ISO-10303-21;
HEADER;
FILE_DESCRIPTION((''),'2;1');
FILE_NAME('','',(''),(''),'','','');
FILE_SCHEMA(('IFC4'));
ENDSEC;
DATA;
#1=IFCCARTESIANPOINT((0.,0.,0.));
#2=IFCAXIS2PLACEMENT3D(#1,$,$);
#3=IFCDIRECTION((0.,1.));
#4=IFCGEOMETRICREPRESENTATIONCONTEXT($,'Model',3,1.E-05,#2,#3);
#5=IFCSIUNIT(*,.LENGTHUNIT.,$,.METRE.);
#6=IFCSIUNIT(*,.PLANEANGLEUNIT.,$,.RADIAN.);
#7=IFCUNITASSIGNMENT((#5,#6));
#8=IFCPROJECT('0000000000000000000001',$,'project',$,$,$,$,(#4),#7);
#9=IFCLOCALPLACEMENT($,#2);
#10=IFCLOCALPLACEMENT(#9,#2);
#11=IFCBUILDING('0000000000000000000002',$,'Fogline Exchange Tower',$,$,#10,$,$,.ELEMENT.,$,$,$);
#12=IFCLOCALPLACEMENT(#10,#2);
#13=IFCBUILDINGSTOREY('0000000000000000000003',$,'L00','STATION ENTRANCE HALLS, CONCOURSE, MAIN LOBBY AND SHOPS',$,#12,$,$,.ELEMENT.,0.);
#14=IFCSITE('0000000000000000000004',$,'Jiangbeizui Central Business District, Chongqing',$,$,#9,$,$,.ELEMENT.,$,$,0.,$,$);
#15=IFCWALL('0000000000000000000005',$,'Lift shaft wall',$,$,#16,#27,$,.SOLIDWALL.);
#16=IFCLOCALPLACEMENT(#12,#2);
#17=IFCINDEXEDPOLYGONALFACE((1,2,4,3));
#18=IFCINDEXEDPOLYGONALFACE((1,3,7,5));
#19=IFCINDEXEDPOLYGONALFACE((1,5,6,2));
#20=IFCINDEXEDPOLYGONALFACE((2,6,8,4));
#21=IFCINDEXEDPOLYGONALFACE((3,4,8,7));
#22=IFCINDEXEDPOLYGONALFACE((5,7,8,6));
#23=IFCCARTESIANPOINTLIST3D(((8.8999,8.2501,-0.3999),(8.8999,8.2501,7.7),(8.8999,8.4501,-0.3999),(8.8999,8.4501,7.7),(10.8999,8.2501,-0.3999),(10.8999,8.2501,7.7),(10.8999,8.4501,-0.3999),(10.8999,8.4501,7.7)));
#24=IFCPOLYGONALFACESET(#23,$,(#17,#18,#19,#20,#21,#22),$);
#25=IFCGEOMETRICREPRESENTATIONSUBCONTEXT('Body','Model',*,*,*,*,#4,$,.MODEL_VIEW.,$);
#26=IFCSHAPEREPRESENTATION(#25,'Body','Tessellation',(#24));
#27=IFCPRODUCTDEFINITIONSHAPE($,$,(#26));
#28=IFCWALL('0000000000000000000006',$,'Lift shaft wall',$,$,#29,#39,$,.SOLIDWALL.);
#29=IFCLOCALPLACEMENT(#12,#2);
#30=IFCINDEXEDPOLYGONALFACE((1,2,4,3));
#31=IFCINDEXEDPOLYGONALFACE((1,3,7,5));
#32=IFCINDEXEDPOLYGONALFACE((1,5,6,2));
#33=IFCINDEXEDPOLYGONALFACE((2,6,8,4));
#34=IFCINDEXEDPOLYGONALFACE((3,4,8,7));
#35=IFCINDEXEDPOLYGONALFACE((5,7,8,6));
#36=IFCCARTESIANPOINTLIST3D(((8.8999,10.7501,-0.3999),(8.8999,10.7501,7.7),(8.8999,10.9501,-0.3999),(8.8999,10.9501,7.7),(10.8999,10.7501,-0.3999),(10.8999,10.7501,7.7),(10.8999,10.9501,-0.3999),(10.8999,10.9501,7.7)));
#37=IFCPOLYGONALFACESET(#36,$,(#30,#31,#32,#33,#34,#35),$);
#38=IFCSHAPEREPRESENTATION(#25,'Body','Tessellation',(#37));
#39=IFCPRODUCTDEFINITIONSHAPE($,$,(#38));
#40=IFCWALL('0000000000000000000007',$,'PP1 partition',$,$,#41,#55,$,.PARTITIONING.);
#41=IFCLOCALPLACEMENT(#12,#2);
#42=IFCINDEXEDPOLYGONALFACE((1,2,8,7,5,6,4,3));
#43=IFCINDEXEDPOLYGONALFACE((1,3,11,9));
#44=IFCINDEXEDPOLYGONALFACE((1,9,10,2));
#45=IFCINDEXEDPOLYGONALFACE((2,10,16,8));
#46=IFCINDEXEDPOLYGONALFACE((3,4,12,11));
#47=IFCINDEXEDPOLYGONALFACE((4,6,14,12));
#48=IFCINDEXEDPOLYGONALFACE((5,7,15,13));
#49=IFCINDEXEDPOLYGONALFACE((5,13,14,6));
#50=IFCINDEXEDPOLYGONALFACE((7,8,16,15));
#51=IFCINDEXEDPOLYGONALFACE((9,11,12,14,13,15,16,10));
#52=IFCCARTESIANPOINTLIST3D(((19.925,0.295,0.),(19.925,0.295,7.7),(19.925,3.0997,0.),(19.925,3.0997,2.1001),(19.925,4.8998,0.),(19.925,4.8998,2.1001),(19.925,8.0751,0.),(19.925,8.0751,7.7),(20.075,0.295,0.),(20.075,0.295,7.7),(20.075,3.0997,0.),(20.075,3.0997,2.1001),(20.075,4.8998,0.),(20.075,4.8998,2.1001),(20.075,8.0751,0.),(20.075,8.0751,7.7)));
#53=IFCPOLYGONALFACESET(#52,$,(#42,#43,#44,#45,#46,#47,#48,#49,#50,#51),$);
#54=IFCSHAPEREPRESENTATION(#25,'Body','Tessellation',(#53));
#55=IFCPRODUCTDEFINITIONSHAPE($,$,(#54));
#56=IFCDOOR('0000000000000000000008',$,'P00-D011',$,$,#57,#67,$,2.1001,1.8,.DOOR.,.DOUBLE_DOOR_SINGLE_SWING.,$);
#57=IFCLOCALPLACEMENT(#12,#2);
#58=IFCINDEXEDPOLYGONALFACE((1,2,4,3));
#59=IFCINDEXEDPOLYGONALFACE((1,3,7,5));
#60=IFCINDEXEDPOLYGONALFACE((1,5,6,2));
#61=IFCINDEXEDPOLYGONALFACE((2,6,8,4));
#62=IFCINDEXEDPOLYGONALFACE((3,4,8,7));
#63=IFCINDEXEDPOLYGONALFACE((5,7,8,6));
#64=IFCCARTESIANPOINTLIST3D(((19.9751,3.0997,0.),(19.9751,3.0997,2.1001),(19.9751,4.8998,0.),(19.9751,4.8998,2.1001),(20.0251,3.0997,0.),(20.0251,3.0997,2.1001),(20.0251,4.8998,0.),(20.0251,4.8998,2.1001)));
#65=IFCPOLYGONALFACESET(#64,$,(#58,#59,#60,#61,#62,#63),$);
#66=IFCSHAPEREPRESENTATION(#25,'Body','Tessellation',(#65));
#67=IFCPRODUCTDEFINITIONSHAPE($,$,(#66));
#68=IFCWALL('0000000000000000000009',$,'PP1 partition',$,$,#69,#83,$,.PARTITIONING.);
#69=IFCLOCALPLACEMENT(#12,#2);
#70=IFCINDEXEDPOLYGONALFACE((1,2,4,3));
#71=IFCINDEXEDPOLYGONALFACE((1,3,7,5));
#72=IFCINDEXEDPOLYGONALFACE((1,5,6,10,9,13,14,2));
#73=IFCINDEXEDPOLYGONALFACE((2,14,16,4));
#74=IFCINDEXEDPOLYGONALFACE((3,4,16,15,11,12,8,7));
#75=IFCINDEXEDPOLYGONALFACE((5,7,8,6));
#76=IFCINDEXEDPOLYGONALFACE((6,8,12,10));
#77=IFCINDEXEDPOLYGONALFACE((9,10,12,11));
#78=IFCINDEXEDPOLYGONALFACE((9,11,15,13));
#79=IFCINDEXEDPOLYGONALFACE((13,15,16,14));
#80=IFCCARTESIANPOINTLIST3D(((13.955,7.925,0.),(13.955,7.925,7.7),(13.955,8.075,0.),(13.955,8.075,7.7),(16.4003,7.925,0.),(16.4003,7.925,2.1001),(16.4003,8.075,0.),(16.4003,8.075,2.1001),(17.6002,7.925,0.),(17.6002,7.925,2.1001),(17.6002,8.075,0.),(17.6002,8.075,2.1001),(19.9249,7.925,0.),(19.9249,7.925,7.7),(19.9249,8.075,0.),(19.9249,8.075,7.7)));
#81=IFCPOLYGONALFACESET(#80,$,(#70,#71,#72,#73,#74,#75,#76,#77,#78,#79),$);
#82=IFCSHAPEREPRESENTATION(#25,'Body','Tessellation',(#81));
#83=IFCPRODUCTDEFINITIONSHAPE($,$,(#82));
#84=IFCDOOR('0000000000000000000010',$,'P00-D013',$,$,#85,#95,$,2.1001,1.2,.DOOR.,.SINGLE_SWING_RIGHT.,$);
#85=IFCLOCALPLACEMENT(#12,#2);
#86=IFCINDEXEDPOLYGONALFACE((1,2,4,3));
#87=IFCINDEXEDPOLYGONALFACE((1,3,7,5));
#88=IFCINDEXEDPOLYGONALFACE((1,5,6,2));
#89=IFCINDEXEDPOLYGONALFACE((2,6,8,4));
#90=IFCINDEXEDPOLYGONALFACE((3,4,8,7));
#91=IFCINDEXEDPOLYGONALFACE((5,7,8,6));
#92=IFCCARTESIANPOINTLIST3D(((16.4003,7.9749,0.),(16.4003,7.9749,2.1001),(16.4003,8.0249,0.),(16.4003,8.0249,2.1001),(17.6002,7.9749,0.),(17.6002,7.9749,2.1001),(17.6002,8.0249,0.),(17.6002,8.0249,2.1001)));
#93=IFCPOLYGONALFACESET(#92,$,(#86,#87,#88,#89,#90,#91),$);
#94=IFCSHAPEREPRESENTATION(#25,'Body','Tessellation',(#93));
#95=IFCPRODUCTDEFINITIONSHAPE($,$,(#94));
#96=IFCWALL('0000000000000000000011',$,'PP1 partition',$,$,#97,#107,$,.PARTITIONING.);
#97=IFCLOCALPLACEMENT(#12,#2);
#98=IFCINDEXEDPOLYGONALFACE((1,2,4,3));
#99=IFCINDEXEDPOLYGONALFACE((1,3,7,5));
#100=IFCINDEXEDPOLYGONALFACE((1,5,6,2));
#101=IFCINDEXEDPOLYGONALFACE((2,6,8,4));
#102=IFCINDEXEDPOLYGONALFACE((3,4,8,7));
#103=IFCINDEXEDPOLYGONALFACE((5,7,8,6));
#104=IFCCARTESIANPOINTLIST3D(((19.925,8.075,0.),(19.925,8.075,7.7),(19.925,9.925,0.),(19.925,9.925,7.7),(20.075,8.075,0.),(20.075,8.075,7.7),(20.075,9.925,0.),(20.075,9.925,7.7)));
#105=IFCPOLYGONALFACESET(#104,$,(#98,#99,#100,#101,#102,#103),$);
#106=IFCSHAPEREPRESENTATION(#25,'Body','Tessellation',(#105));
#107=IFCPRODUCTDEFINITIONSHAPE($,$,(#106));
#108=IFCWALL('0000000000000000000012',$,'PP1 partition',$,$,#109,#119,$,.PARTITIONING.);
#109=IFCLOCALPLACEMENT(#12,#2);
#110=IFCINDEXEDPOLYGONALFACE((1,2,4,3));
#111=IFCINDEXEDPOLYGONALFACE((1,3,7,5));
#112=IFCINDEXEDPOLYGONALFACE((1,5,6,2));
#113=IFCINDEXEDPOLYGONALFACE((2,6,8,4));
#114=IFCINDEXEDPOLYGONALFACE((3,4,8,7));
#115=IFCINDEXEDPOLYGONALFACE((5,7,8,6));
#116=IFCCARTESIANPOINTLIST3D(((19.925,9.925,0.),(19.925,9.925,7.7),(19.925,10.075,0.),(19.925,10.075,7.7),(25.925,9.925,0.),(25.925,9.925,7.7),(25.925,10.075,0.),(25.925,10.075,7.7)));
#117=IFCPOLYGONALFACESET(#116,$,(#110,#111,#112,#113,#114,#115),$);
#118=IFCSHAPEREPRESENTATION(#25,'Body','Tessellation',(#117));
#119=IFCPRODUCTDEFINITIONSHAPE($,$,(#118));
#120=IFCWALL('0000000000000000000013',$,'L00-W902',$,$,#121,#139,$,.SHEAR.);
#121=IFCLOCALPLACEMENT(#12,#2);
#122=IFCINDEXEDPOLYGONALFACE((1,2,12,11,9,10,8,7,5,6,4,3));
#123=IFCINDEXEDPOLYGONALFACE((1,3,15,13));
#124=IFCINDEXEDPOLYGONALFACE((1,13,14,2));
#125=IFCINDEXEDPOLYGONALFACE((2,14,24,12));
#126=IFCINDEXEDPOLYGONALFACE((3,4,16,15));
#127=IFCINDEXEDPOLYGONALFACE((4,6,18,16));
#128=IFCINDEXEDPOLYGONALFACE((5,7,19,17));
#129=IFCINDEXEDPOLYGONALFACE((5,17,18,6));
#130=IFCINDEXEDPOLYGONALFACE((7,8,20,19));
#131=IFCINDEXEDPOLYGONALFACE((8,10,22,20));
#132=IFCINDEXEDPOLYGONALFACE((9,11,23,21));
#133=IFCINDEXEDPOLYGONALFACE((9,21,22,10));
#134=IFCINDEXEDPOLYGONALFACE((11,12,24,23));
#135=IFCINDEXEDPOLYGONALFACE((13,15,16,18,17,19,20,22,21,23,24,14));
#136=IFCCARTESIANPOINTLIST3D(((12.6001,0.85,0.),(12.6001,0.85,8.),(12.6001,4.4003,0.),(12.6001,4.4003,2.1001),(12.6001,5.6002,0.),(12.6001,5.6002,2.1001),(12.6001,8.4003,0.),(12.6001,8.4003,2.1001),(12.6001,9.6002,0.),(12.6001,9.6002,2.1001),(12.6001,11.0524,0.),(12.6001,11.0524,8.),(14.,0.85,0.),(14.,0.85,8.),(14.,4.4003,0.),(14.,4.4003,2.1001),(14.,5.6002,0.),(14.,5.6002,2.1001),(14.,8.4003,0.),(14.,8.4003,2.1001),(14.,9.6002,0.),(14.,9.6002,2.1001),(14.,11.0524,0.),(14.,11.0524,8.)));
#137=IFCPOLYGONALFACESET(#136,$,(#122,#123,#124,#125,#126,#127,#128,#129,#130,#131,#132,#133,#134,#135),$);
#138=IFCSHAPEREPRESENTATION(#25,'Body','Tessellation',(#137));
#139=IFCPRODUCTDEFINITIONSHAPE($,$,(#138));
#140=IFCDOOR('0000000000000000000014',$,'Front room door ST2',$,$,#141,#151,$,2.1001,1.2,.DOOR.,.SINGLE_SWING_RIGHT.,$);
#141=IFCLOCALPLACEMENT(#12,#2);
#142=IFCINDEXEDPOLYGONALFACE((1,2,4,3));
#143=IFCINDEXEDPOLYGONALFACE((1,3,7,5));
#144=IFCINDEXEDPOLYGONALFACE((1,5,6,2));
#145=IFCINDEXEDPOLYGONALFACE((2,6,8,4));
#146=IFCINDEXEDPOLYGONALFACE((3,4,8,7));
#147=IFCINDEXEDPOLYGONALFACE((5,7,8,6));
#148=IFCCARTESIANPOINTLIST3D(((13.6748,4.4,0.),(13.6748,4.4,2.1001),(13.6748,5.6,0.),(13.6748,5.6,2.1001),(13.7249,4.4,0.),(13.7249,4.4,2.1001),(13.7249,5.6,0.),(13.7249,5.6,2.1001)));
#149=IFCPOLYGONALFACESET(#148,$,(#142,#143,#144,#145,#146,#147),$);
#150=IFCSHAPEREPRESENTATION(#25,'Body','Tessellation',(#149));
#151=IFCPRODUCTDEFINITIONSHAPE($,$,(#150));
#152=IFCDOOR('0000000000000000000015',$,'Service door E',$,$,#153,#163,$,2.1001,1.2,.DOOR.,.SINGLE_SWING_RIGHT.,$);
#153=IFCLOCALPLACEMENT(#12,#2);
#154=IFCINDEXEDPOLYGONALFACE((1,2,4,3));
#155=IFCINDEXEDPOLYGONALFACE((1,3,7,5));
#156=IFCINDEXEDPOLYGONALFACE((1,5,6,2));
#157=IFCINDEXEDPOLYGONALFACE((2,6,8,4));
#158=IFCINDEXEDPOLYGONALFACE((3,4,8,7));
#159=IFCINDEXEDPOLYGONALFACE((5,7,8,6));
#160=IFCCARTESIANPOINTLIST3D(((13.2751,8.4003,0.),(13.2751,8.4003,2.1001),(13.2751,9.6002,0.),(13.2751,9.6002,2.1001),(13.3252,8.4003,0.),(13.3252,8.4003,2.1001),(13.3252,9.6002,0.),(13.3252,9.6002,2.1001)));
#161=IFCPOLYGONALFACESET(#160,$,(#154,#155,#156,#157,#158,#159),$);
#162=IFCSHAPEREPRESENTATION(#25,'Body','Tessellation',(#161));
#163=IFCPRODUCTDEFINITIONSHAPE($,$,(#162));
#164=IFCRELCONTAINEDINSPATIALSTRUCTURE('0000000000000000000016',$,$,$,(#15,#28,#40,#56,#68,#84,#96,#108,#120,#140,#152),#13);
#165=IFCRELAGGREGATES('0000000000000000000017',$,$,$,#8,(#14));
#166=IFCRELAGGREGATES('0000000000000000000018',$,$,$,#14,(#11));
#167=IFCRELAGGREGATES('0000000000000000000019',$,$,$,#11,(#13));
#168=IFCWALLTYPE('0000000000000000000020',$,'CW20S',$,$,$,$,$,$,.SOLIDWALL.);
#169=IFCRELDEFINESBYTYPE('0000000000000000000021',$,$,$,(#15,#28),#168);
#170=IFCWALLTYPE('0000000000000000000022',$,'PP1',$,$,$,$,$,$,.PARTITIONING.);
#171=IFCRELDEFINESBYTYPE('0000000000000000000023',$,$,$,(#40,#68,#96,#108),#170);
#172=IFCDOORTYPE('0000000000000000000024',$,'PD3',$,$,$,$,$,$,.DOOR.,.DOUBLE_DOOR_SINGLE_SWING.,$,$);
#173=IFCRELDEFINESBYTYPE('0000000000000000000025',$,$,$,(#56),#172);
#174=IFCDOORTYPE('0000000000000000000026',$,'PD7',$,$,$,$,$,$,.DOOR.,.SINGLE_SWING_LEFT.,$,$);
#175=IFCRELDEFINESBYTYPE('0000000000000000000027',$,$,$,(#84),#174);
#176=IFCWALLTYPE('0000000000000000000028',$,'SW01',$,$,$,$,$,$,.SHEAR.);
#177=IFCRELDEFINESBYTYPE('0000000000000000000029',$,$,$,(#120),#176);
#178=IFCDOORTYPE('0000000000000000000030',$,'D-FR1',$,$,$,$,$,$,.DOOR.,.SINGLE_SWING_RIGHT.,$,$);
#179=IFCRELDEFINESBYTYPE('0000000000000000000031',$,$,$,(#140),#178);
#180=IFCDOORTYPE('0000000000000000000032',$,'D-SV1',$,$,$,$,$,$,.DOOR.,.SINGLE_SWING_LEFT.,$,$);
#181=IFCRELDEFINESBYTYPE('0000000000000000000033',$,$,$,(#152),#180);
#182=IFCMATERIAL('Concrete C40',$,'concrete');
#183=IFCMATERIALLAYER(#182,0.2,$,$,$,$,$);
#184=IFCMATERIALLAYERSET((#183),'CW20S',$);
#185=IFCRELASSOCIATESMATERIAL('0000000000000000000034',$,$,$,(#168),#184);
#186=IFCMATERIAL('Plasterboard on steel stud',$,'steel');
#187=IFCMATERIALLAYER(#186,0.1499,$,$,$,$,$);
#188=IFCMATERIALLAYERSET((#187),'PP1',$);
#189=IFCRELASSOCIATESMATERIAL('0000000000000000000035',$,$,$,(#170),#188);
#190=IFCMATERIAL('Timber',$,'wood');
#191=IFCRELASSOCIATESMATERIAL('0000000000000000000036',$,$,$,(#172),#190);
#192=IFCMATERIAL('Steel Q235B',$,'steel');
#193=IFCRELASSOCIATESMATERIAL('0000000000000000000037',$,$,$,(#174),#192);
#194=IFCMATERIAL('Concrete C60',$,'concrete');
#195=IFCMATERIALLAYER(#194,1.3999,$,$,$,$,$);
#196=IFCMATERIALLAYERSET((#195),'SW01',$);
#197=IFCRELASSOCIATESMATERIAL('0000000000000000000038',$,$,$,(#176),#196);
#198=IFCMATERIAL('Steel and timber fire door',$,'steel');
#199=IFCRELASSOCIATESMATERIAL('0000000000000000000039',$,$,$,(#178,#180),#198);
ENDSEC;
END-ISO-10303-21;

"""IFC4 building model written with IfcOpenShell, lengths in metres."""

from ifc_helpers import new_model, si_unit, direction, frame, frame_2d, origin, place, context, subcontext, project, spatial, rectangle, extrude, material, layer, layer_set, type_object, element, fill, save


model = new_model("IFC4")

# Units and contexts
model_context = context("Model", 3, precision=1e-05, world=origin(), true_north=direction((0.0, 1.0)))
body_context = subcontext(model_context, "Body", "Model", "MODEL_VIEW")
ifc_project = project(units=[si_unit("LENGTHUNIT", "METRE"), si_unit("PLANEANGLEUNIT", "RADIAN")], contexts=[model_context])

# Site, building, storey
site_placement = place(None, origin())
site = spatial("IfcSite", under=ifc_project, at=site_placement, Name="Jiangbeizui Central Business District, Chongqing", CompositionType="ELEMENT", RefElevation=0.0)
building_placement = place(site_placement, origin())
building = spatial("IfcBuilding", under=site, at=building_placement, Name="Fogline Exchange Tower", CompositionType="ELEMENT")
storey_placement = place(building_placement, origin())
storey = spatial("IfcBuildingStorey", under=building, at=storey_placement, Name="L00", Description="STATION ENTRANCE HALLS, CONCOURSE, MAIN LOBBY AND SHOPS", CompositionType="ELEMENT", Elevation=0.0)

# Shared definitions
ifc_material_1 = material(Name="Steel and timber fire door", Category="steel")

# Shared definitions
ifc_material_2 = material(Name="Concrete C40", Category="concrete")

# Shared definitions
ifc_layer_1 = layer(ifc_material_2, 0.2)
ifc_layer_set_1 = layer_set([ifc_layer_1], Name="CW20S")
wall_type_1 = type_object("IfcWallType", Name="CW20S", PredefinedType="SOLIDWALL", material=ifc_layer_set_1)

# Walls
for number, where, z_axis, x_axis, name in (
    (1, (8.8999, 8.3501, -0.3999), (0.0, 0.0, 1.0), (1.0, 0.0, 0.0), "Lift shaft wall"),
    (2, (8.8999, 10.8501, -0.3999), (0.0, 0.0, 1.0), (1.0, 0.0, 0.0), "Lift shaft wall"),
):
    element("IfcWall", number, at=place(storey_placement, frame(where, z_axis=z_axis, x_axis=x_axis)), inside=storey, type_object=wall_type_1, Name=name, PredefinedType="SOLIDWALL", context=body_context, shape_type="SweptSolid", body=[
        extrude(rectangle(XDim=2.0, YDim=0.2, at=frame_2d((1.0, 0.0))), origin(), (0.0, 0.0, 1.0), 8.0999),
    ])

# Walls, openings, doors
ifc_material_3 = material(Name="Plasterboard on steel stud", Category="steel")
ifc_layer_2 = layer(ifc_material_3, 0.1499)
ifc_layer_set_2 = layer_set([ifc_layer_2], Name="PP1")
wall_type_2 = type_object("IfcWallType", Name="PP1", PredefinedType="PARTITIONING", material=ifc_layer_set_2)
wall_1_placement = place(storey_placement, frame((20.0, 0.2949, 0.0), z_axis=(0.0, 0.0, 1.0), x_axis=(0.0, 1.0, 0.0)))
wall_1 = element("IfcWall", 3, at=wall_1_placement, inside=storey, type_object=wall_type_2, Name="PP1 partition", PredefinedType="PARTITIONING", context=body_context, shape_type="SweptSolid", body=[
    extrude(rectangle(XDim=7.78, YDim=0.1499, at=frame_2d((3.8901, 0.0))), origin(), (0.0, 0.0, 1.0), 7.7),
])
opening_1_placement = place(wall_1_placement, frame((2.8049, 0.0, 0.0)))
opening_1 = element("IfcOpeningElement", 4, at=opening_1_placement, cuts=wall_1, PredefinedType="OPENING", context=body_context, shape_type="SweptSolid", body=[
    extrude(rectangle(XDim=1.8, YDim=2.1001, at=frame_2d((0.8999, 1.05))), frame((0.0, 0.085, 0.0), z_axis=(0.0, -1.0, 0.0), x_axis=(1.0, 0.0, 0.0)), (0.0, 0.0, 1.0), 0.1699),
])
ifc_material_4 = material(Name="Timber", Category="wood")
door_type_1 = type_object("IfcDoorType", Name="PD3", OperationType="DOUBLE_DOOR_SINGLE_SWING", PredefinedType="DOOR", material=ifc_material_4)
door_1_placement = place(opening_1_placement, origin())
door_1 = element("IfcDoor", 5, at=door_1_placement, inside=storey, type_object=door_type_1, Name="P00-D011", OperationType="DOUBLE_DOOR_SINGLE_SWING", OverallHeight=2.1001, OverallWidth=1.8, PredefinedType="DOOR", context=body_context, shape_type="SweptSolid", body=[
    extrude(rectangle(XDim=1.8, YDim=2.1001, at=frame_2d((0.8999, 1.05))), frame((0.0, 0.0249, 0.0), z_axis=(0.0, -1.0, 0.0), x_axis=(1.0, 0.0, 0.0)), (0.0, 0.0, 1.0), 0.05),
])
fill(opening_1, door_1)
wall_2_placement = place(storey_placement, frame((13.9551, 8.0, 0.0), z_axis=(0.0, 0.0, 1.0), x_axis=(1.0, 0.0, 0.0)))
wall_2 = element("IfcWall", 6, at=wall_2_placement, inside=storey, type_object=wall_type_2, Name="PP1 partition", PredefinedType="PARTITIONING", context=body_context, shape_type="SweptSolid", body=[
    extrude(rectangle(XDim=5.97, YDim=0.1499, at=frame_2d((2.9849, 0.0))), origin(), (0.0, 0.0, 1.0), 7.7),
])
opening_2_placement = place(wall_2_placement, frame((2.4451, 0.0, 0.0)))
opening_2 = element("IfcOpeningElement", 7, at=opening_2_placement, cuts=wall_2, PredefinedType="OPENING", context=body_context, shape_type="SweptSolid", body=[
    extrude(rectangle(XDim=1.2, YDim=2.1001, at=frame_2d((0.6001, 1.05))), frame((0.0, 0.085, 0.0), z_axis=(0.0, -1.0, 0.0), x_axis=(1.0, 0.0, 0.0)), (0.0, 0.0, 1.0), 0.1699),
])
ifc_material_5 = material(Name="Steel Q235B", Category="steel")
door_type_2 = type_object("IfcDoorType", Name="PD7", OperationType="SINGLE_SWING_LEFT", PredefinedType="DOOR", material=ifc_material_5)
door_2_placement = place(opening_2_placement, origin())
door_2 = element("IfcDoor", 8, at=door_2_placement, inside=storey, type_object=door_type_2, Name="P00-D013", OperationType="SINGLE_SWING_RIGHT", OverallHeight=2.1001, OverallWidth=1.2, PredefinedType="DOOR", context=body_context, shape_type="SweptSolid", body=[
    extrude(rectangle(XDim=1.2, YDim=2.1001, at=frame_2d((0.6001, 1.05))), frame((0.0, 0.0249, 0.0), z_axis=(0.0, -1.0, 0.0), x_axis=(1.0, 0.0, 0.0)), (0.0, 0.0, 1.0), 0.05),
])
fill(opening_2, door_2)

# Walls
wall_3_placement = place(storey_placement, frame((20.0, 8.075, 0.0), z_axis=(0.0, 0.0, 1.0), x_axis=(0.0, 1.0, 0.0)))
element("IfcWall", 9, at=wall_3_placement, inside=storey, type_object=wall_type_2, Name="PP1 partition", PredefinedType="PARTITIONING", context=body_context, shape_type="SweptSolid", body=[
    extrude(rectangle(XDim=1.8501, YDim=0.1499, at=frame_2d((0.925, 0.0))), origin(), (0.0, 0.0, 1.0), 7.7),
])
wall_4_placement = place(storey_placement, frame((19.925, 10.0, 0.0), z_axis=(0.0, 0.0, 1.0), x_axis=(1.0, 0.0, 0.0)))
element("IfcWall", 10, at=wall_4_placement, inside=storey, type_object=wall_type_2, Name="PP1 partition", PredefinedType="PARTITIONING", context=body_context, shape_type="SweptSolid", body=[
    extrude(rectangle(XDim=6.0, YDim=0.1499, at=frame_2d((3.0, 0.0))), origin(), (0.0, 0.0, 1.0), 7.7),
])

# Wall, openings, doors
ifc_material_6 = material(Name="Concrete C60", Category="concrete")
ifc_layer_3 = layer(ifc_material_6, 1.3999)
ifc_layer_set_3 = layer_set([ifc_layer_3], Name="SW01")
wall_type_3 = type_object("IfcWallType", Name="SW01", PredefinedType="SHEAR", material=ifc_layer_set_3)
wall_5_placement = place(storey_placement, frame((13.3, 0.8501, 0.0), z_axis=(0.0, 0.0, 1.0), x_axis=(0.0, 1.0, 0.0)))
wall_5 = element("IfcWall", 11, at=wall_5_placement, inside=storey, type_object=wall_type_3, Name="L00-W902", PredefinedType="SHEAR", context=body_context, shape_type="SweptSolid", body=[
    extrude(rectangle(XDim=10.2024, YDim=1.3999, at=frame_2d((5.1011, 0.0))), origin(), (0.0, 0.0, 1.0), 8.0),
])
opening_3_placement = place(wall_5_placement, frame((3.55, 0.0, 0.0)))
opening_3 = element("IfcOpeningElement", 12, at=opening_3_placement, cuts=wall_5, PredefinedType="OPENING", context=body_context, shape_type="SweptSolid", body=[
    extrude(rectangle(XDim=1.2, YDim=2.1001, at=frame_2d((0.6001, 1.05))), frame((0.0, 0.71, 0.0), z_axis=(0.0, -1.0, 0.0), x_axis=(1.0, 0.0, 0.0)), (0.0, 0.0, 1.0), 1.4199),
])
opening_4_placement = place(wall_5_placement, frame((7.55, 0.0, 0.0)))
opening_4 = element("IfcOpeningElement", 13, at=opening_4_placement, cuts=wall_5, PredefinedType="OPENING", context=body_context, shape_type="SweptSolid", body=[
    extrude(rectangle(XDim=1.2, YDim=2.1001, at=frame_2d((0.6001, 1.05))), frame((0.0, 0.71, 0.0), z_axis=(0.0, -1.0, 0.0), x_axis=(1.0, 0.0, 0.0)), (0.0, 0.0, 1.0), 1.4199),
])
door_type_3 = type_object("IfcDoorType", Name="D-FR1", OperationType="SINGLE_SWING_RIGHT", PredefinedType="DOOR", material=ifc_material_1)
door_3_placement = place(opening_3_placement, frame((1.2, 0.0, 0.0), z_axis=(0.0, 0.0, 1.0), x_axis=(-1.0, 0.0, 0.0)))
door_3 = element("IfcDoor", 14, at=door_3_placement, inside=storey, type_object=door_type_3, Name="Front room door ST2", OperationType="SINGLE_SWING_RIGHT", OverallHeight=2.1001, OverallWidth=1.2, PredefinedType="DOOR", context=body_context, shape_type="SweptSolid", body=[
    extrude(rectangle(XDim=1.2, YDim=2.1001, at=frame_2d((0.6001, 1.05))), frame((0.0, 0.4248, 0.0), z_axis=(0.0, -1.0, 0.0), x_axis=(1.0, 0.0, 0.0)), (0.0, 0.0, 1.0), 0.05),
])
fill(opening_3, door_3)
door_type_4 = type_object("IfcDoorType", Name="D-SV1", OperationType="SINGLE_SWING_LEFT", PredefinedType="DOOR", material=ifc_material_1)
door_4_placement = place(opening_4_placement, origin())
door_4 = element("IfcDoor", 15, at=door_4_placement, inside=storey, type_object=door_type_4, Name="Service door E", OperationType="SINGLE_SWING_RIGHT", OverallHeight=2.1001, OverallWidth=1.2, PredefinedType="DOOR", context=body_context, shape_type="SweptSolid", body=[
    extrude(rectangle(XDim=1.2, YDim=2.1001, at=frame_2d((0.6001, 1.05))), frame((0.0, 0.0249, 0.0), z_axis=(0.0, -1.0, 0.0), x_axis=(1.0, 0.0, 0.0)), (0.0, 0.0, 1.0), 0.05),
])
fill(opening_4, door_4)

save(model, "model.ifc")
